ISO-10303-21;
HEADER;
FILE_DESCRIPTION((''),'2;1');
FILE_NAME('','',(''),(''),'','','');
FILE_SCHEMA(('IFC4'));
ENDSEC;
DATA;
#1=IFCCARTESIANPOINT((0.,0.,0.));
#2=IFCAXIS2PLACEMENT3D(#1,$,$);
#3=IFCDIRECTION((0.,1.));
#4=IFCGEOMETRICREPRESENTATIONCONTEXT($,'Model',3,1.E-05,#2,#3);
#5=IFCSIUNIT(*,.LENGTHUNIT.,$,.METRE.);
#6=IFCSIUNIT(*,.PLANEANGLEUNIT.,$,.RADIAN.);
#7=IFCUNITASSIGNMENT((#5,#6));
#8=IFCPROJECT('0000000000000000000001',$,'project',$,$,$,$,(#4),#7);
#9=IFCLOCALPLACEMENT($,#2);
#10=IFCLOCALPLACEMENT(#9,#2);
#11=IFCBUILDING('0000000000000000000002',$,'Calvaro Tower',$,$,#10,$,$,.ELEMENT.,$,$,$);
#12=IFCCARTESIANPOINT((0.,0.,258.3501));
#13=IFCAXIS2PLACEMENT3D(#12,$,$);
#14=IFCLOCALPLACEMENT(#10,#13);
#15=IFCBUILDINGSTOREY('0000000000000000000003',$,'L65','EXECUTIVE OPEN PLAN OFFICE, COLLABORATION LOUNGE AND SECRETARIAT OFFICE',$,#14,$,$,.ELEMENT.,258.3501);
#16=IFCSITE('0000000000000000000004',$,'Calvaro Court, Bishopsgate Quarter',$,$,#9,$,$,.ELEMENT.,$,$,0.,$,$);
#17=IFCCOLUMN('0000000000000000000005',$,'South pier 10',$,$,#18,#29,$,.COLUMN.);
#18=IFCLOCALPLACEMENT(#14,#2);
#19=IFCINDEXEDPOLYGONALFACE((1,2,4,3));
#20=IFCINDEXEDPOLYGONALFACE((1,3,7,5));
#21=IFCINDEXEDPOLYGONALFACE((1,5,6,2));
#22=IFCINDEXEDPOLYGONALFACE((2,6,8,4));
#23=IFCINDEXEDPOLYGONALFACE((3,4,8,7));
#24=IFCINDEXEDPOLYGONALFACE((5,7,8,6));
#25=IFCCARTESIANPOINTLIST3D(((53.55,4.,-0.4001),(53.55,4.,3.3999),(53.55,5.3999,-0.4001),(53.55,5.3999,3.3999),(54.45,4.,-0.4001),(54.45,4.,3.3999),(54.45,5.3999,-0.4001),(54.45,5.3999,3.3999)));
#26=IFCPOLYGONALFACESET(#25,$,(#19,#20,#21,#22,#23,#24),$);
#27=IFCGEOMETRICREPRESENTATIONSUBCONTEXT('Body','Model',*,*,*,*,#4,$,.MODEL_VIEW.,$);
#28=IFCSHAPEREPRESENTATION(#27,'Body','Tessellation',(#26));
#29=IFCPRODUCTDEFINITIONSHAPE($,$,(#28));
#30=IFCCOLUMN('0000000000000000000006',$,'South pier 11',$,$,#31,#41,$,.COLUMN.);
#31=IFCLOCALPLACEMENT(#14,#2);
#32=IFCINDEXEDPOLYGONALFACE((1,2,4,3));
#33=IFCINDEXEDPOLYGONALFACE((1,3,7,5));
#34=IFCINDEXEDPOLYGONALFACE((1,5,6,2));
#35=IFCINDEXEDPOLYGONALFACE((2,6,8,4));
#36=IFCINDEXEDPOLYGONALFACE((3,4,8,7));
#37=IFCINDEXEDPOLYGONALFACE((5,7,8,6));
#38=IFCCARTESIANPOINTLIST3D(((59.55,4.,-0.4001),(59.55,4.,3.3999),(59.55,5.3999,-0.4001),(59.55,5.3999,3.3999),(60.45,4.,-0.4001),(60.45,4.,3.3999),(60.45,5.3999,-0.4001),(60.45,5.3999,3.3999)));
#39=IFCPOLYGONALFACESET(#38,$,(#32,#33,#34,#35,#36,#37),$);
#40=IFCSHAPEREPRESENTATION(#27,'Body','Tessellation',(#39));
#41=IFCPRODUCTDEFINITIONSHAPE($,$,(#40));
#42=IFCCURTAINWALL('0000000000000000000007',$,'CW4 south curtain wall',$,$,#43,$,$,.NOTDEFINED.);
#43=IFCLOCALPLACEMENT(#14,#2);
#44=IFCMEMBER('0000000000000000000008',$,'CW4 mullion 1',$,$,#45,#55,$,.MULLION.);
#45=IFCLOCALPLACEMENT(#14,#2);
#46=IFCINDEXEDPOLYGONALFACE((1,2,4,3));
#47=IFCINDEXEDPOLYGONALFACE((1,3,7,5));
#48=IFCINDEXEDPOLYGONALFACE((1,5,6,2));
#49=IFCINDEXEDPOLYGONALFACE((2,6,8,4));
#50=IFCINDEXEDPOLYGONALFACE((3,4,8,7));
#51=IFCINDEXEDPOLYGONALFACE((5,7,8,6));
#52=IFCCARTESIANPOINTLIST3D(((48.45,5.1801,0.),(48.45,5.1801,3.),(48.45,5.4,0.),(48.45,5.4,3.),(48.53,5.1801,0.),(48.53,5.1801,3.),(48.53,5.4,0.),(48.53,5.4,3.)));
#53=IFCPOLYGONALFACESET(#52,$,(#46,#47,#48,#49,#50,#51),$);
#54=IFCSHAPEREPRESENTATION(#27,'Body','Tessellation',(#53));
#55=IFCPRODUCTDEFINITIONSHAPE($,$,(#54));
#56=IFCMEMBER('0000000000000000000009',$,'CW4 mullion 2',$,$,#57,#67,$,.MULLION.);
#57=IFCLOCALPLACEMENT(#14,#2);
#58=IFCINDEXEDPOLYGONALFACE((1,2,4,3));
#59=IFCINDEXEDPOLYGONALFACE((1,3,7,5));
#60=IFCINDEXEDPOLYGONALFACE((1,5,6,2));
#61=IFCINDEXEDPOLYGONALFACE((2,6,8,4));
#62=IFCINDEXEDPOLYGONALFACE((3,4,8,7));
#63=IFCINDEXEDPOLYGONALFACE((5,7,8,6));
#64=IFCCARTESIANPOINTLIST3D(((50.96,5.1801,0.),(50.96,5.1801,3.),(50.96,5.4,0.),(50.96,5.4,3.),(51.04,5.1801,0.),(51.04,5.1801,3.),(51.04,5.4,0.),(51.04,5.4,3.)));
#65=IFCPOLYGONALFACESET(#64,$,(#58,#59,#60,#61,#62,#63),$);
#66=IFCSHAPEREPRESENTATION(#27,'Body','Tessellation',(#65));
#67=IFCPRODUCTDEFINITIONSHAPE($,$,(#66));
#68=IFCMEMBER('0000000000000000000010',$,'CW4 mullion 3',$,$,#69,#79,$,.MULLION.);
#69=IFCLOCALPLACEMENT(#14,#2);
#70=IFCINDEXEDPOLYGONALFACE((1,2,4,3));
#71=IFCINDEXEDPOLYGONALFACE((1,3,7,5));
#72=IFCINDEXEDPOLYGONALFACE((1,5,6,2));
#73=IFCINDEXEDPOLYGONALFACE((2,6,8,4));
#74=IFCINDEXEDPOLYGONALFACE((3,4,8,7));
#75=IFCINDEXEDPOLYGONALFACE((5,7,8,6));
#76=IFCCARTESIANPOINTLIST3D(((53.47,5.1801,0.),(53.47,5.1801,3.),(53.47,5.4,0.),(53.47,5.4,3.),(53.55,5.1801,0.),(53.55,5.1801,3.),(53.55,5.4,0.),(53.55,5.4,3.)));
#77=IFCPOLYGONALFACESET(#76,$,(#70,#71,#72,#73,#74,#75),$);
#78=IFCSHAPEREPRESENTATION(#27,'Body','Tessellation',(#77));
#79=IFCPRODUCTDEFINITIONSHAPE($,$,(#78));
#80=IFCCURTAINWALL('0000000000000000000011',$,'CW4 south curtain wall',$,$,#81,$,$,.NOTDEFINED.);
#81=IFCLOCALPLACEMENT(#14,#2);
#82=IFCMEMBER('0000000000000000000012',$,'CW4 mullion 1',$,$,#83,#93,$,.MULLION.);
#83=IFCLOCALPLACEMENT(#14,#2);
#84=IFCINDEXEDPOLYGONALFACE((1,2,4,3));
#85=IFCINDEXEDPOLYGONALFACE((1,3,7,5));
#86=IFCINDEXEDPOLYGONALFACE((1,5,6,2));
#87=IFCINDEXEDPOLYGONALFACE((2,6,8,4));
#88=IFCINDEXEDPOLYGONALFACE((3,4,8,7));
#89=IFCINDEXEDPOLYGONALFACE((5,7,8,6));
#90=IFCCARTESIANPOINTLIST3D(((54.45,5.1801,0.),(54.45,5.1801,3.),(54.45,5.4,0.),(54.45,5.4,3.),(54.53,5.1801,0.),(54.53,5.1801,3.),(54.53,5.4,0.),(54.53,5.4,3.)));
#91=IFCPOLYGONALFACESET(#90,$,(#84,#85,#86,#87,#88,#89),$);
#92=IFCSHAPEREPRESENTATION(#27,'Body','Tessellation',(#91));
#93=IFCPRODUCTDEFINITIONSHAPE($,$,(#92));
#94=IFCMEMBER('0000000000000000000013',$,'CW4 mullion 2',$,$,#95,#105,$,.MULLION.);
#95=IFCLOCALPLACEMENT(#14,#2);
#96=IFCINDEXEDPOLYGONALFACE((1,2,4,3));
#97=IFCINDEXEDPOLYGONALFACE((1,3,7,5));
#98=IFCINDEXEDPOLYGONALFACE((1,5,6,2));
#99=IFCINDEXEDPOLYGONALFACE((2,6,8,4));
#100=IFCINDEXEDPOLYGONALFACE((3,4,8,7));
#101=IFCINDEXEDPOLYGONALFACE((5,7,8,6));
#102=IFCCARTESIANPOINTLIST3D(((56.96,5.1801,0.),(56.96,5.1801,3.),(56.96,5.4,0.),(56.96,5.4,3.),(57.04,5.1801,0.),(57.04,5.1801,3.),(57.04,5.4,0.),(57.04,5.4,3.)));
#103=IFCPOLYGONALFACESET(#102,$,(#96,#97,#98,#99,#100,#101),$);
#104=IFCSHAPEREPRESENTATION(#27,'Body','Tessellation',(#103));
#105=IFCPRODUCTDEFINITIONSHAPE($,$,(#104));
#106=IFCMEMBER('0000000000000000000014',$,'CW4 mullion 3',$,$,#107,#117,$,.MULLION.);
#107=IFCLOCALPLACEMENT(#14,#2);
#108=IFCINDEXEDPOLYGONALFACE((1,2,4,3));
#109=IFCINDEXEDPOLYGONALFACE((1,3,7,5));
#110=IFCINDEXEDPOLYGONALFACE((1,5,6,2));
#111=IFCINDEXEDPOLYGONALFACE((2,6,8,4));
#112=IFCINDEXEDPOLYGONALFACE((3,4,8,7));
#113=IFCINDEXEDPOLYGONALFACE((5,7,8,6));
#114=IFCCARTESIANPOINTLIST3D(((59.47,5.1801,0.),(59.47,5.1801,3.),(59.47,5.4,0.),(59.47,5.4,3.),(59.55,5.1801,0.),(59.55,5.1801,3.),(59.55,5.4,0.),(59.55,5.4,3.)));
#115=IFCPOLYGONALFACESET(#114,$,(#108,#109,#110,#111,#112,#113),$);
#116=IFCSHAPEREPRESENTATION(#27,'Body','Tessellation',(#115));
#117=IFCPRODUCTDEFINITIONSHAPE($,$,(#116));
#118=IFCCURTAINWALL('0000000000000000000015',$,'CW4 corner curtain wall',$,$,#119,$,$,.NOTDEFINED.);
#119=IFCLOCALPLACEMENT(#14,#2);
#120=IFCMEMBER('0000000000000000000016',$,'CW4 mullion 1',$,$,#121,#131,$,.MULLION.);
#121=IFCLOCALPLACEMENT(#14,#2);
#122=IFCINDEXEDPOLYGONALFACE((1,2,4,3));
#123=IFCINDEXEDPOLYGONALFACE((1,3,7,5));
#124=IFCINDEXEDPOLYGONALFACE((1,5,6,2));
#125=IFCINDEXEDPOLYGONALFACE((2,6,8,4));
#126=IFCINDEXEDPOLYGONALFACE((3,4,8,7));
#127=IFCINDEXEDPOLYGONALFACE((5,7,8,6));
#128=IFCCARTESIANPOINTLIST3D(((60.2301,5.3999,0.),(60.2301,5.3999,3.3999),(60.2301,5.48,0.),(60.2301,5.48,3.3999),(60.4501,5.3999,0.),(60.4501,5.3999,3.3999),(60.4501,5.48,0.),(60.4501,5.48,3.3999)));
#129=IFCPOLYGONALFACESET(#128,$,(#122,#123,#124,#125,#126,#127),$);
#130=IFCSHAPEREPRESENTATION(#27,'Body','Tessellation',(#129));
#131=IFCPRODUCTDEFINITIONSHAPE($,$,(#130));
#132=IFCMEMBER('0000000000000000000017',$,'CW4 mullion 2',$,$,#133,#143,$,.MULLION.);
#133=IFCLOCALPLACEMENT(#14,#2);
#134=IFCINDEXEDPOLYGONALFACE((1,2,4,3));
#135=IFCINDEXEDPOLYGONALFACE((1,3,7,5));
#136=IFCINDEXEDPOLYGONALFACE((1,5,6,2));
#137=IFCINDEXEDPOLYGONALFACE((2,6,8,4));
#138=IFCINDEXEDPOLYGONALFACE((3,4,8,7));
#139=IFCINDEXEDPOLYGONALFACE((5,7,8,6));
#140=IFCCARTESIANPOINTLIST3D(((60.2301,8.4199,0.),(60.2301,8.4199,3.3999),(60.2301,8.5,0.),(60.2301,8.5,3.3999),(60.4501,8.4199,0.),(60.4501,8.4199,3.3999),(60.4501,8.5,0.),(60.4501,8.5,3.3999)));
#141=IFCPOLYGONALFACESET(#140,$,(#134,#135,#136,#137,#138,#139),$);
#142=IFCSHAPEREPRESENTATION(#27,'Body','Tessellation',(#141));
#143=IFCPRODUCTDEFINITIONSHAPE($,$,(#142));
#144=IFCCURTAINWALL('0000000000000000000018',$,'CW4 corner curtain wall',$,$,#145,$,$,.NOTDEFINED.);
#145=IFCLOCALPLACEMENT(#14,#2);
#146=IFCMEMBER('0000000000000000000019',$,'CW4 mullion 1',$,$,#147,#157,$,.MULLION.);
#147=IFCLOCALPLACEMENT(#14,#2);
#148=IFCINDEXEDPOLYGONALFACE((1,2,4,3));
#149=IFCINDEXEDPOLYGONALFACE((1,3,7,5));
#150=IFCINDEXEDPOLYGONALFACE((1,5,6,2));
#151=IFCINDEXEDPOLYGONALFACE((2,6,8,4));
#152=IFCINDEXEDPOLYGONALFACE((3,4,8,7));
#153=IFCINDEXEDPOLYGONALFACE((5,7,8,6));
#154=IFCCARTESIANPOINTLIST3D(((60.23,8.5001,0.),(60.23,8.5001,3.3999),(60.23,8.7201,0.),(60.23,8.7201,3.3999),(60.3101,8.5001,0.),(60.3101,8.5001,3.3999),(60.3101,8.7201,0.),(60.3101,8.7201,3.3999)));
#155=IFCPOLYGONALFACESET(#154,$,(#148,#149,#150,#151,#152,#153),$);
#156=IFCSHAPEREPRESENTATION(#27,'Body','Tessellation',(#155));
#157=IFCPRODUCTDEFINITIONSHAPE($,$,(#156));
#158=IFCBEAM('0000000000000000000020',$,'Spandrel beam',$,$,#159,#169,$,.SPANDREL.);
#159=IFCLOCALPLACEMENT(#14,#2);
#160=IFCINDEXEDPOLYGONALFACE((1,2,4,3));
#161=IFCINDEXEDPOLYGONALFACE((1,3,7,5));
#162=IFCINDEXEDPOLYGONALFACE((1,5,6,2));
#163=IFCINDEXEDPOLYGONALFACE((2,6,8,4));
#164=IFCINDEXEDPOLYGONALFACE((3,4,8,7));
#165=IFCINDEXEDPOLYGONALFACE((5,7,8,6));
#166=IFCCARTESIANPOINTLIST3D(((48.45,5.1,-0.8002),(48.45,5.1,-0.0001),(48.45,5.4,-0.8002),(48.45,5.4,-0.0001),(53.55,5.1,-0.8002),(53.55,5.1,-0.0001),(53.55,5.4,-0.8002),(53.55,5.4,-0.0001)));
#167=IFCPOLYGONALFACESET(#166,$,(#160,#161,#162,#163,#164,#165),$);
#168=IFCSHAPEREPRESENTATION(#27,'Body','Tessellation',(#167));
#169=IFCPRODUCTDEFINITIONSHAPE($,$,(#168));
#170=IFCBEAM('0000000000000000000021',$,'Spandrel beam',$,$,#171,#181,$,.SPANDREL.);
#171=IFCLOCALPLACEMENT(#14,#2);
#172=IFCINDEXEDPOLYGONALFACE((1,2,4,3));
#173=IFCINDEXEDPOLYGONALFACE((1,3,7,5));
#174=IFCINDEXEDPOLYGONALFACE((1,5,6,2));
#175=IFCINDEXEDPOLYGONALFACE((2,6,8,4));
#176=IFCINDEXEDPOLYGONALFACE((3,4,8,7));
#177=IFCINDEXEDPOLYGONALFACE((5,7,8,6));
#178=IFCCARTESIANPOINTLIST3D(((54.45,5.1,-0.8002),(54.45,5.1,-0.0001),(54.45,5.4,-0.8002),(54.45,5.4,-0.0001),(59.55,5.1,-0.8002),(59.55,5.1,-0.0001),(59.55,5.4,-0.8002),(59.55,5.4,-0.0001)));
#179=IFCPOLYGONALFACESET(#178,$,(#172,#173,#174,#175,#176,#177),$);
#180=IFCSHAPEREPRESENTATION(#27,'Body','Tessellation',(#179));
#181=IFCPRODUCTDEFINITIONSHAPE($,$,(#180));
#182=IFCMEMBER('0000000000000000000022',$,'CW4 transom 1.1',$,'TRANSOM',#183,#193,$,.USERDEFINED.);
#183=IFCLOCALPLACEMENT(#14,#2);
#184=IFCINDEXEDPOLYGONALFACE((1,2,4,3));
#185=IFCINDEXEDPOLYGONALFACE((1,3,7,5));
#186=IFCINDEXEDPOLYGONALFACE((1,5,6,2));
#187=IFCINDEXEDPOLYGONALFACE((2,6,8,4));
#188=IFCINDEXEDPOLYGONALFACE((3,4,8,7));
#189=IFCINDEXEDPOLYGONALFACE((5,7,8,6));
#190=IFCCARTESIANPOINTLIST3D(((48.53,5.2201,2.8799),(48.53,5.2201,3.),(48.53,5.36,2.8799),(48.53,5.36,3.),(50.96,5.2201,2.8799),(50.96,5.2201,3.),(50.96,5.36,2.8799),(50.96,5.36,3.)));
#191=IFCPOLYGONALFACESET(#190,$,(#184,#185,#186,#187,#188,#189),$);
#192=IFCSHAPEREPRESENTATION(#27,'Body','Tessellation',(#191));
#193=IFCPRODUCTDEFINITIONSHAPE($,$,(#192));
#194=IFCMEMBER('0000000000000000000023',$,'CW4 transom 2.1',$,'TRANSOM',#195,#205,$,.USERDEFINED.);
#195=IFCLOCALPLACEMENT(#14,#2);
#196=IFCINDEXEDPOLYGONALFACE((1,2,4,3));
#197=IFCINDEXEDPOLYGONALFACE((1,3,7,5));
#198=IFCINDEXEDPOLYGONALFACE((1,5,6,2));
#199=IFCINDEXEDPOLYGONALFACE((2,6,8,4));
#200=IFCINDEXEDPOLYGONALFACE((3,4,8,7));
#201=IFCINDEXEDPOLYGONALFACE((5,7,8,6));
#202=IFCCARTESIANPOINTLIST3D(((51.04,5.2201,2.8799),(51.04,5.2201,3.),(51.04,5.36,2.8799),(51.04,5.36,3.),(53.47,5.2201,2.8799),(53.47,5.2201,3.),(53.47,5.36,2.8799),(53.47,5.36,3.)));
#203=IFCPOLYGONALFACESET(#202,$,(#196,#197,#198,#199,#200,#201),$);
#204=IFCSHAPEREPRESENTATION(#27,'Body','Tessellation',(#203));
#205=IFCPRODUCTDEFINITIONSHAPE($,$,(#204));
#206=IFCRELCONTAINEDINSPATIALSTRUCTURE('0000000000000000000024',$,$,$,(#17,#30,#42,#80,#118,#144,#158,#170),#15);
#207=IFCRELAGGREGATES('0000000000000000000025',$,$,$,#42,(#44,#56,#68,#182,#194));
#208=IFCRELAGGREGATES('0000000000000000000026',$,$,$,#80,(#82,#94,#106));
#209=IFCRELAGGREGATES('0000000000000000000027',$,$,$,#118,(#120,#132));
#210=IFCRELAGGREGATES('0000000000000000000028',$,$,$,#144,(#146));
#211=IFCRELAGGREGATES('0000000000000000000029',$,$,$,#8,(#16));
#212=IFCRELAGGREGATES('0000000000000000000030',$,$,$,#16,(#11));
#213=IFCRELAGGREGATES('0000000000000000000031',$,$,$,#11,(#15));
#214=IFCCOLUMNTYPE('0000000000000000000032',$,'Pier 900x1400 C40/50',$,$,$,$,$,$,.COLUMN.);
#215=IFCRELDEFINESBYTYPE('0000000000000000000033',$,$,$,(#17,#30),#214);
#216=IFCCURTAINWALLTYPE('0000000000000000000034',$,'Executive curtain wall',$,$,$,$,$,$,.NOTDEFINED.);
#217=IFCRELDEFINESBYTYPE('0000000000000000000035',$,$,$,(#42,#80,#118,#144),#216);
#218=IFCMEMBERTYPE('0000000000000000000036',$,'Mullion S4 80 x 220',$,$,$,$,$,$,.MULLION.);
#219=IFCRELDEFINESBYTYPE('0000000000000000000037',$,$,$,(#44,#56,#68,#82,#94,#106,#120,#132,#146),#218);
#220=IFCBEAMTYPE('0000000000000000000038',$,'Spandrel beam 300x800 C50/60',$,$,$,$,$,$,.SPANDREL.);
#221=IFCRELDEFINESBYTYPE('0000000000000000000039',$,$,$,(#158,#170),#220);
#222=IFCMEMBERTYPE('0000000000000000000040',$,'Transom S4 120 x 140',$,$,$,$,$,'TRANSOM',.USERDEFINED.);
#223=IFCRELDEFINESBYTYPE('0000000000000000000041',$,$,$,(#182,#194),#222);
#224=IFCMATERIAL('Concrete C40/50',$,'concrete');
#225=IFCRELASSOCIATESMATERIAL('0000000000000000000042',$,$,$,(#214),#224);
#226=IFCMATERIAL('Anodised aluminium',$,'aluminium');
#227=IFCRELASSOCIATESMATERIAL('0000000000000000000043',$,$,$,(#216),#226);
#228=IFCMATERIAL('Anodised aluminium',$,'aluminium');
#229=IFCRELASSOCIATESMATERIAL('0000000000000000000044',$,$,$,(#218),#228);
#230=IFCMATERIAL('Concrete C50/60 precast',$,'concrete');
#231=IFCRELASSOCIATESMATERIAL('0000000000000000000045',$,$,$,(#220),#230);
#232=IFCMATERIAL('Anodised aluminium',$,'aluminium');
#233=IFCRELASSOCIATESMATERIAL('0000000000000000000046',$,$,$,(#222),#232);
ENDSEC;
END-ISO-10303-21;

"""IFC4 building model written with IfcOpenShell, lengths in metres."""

from ifc_helpers import new_model, si_unit, direction, frame, origin, origin_2d, place, context, subcontext, project, spatial, rectangle, extrude, material, material_profile, profile_set, type_object, element, aggregate, save


model = new_model("IFC4")

# Units and contexts
model_context = context("Model", 3, precision=1e-05, world=origin(), true_north=direction((0.0, 1.0)))
body_context = subcontext(model_context, "Body", "Model", "MODEL_VIEW")
ifc_project = project(units=[si_unit("LENGTHUNIT", "METRE"), si_unit("PLANEANGLEUNIT", "RADIAN")], contexts=[model_context])

# Site, building, storey
site_placement = place(None, origin())
site = spatial("IfcSite", under=ifc_project, at=site_placement, Name="Calvaro Court, Bishopsgate Quarter", CompositionType="ELEMENT", RefElevation=0.0)
building_placement = place(site_placement, origin())
building = spatial("IfcBuilding", under=site, at=building_placement, Name="Calvaro Tower", CompositionType="ELEMENT")
storey_placement = place(building_placement, frame((0.0, 0.0, 258.3501)))
storey = spatial("IfcBuildingStorey", under=building, at=storey_placement, Name="L65", Description="EXECUTIVE OPEN PLAN OFFICE, COLLABORATION LOUNGE AND SECRETARIAT OFFICE", CompositionType="ELEMENT", Elevation=258.3501)

# Columns
ifc_material_1 = material(Name="Concrete C40/50", Category="concrete")
ifc_material_profile_1 = material_profile(ifc_material_1, rectangle(XDim=0.8999, YDim=1.3999, at=origin_2d()), Name="RC 900x1400")
ifc_profile_set_1 = profile_set([ifc_material_profile_1], Name="Concrete C40/50")
column_type = type_object("IfcColumnType", Name="Pier 900x1400 C40/50", PredefinedType="COLUMN", material=ifc_profile_set_1)
for number, where, z_axis, x_axis, name in (
    (1, (54.0, 4.7, -0.4001), (0.0, 0.0, 1.0), (1.0, 0.0, 0.0), "South pier 10"),
    (2, (60.0, 4.7, -0.4001), (0.0, 0.0, 1.0), (1.0, 0.0, 0.0), "South pier 11"),
):
    element("IfcColumn", number, at=place(storey_placement, frame(where, z_axis=z_axis, x_axis=x_axis)), inside=storey, type_object=column_type, Name=name, PredefinedType="COLUMN", context=body_context, shape_type="SweptSolid", body=[
        extrude(rectangle(XDim=0.8999, YDim=1.3999, at=origin_2d()), origin(), (0.0, 0.0, 1.0), 3.8),
    ])

# Curtain walls, members
ifc_material_2 = material(Name="Anodised aluminium", Category="aluminium")
curtain_wall_type = type_object("IfcCurtainWallType", Name="Executive curtain wall", PredefinedType="NOTDEFINED", material=ifc_material_2)
curtain_wall_1_placement = place(storey_placement, origin())
curtain_wall_1 = element("IfcCurtainWall", 3, at=curtain_wall_1_placement, inside=storey, type_object=curtain_wall_type, Name="CW4 south curtain wall", PredefinedType="NOTDEFINED")
ifc_material_3 = material(Name="Anodised aluminium", Category="aluminium")
ifc_material_profile_2 = material_profile(ifc_material_3, rectangle(XDim=0.22, YDim=0.0801, at=origin_2d()), Name="Mullion S4 80 x 220")
ifc_profile_set_2 = profile_set([ifc_material_profile_2], Name="Anodised aluminium")
member_type_1 = type_object("IfcMemberType", Name="Mullion S4 80 x 220", PredefinedType="MULLION", material=ifc_profile_set_2)
member_1_placement = place(storey_placement, frame((48.49, 5.29, 0.0), z_axis=(0.0, 0.0, 1.0), x_axis=(0.0, 1.0, 0.0)))
member_1 = element("IfcMember", 4, at=member_1_placement, type_object=member_type_1, Name="CW4 mullion 1", PredefinedType="MULLION", context=body_context, shape_type="SweptSolid", body=[
    extrude(rectangle(XDim=0.22, YDim=0.0801, at=origin_2d()), origin(), (0.0, 0.0, 1.0), 3.0),
])
member_2_placement = place(storey_placement, frame((51.0, 5.29, 0.0), z_axis=(0.0, 0.0, 1.0), x_axis=(0.0, 1.0, 0.0)))
member_2 = element("IfcMember", 5, at=member_2_placement, type_object=member_type_1, Name="CW4 mullion 2", PredefinedType="MULLION", context=body_context, shape_type="SweptSolid", body=[
    extrude(rectangle(XDim=0.22, YDim=0.0801, at=origin_2d()), origin(), (0.0, 0.0, 1.0), 3.0),
])
member_3_placement = place(storey_placement, frame((53.51, 5.29, 0.0), z_axis=(0.0, 0.0, 1.0), x_axis=(0.0, 1.0, 0.0)))
member_3 = element("IfcMember", 6, at=member_3_placement, type_object=member_type_1, Name="CW4 mullion 3", PredefinedType="MULLION", context=body_context, shape_type="SweptSolid", body=[
    extrude(rectangle(XDim=0.22, YDim=0.0801, at=origin_2d()), origin(), (0.0, 0.0, 1.0), 3.0),
])
curtain_wall_2_placement = place(storey_placement, origin())
curtain_wall_2 = element("IfcCurtainWall", 7, at=curtain_wall_2_placement, inside=storey, type_object=curtain_wall_type, Name="CW4 south curtain wall", PredefinedType="NOTDEFINED")
member_4_placement = place(storey_placement, frame((54.49, 5.29, 0.0), z_axis=(0.0, 0.0, 1.0), x_axis=(0.0, 1.0, 0.0)))
member_4 = element("IfcMember", 8, at=member_4_placement, type_object=member_type_1, Name="CW4 mullion 1", PredefinedType="MULLION", context=body_context, shape_type="SweptSolid", body=[
    extrude(rectangle(XDim=0.22, YDim=0.0801, at=origin_2d()), origin(), (0.0, 0.0, 1.0), 3.0),
])
member_5_placement = place(storey_placement, frame((57.0, 5.29, 0.0), z_axis=(0.0, 0.0, 1.0), x_axis=(0.0, 1.0, 0.0)))
member_5 = element("IfcMember", 9, at=member_5_placement, type_object=member_type_1, Name="CW4 mullion 2", PredefinedType="MULLION", context=body_context, shape_type="SweptSolid", body=[
    extrude(rectangle(XDim=0.22, YDim=0.0801, at=origin_2d()), origin(), (0.0, 0.0, 1.0), 3.0),
])
member_6_placement = place(storey_placement, frame((59.51, 5.29, 0.0), z_axis=(0.0, 0.0, 1.0), x_axis=(0.0, 1.0, 0.0)))
member_6 = element("IfcMember", 10, at=member_6_placement, type_object=member_type_1, Name="CW4 mullion 3", PredefinedType="MULLION", context=body_context, shape_type="SweptSolid", body=[
    extrude(rectangle(XDim=0.22, YDim=0.0801, at=origin_2d()), origin(), (0.0, 0.0, 1.0), 3.0),
])
curtain_wall_3_placement = place(storey_placement, origin())
curtain_wall_3 = element("IfcCurtainWall", 11, at=curtain_wall_3_placement, inside=storey, type_object=curtain_wall_type, Name="CW4 corner curtain wall", PredefinedType="NOTDEFINED")
member_7_placement = place(storey_placement, frame((60.3401, 5.4399, 0.0), z_axis=(0.0, 0.0, 1.0), x_axis=(-1.0, 0.0, 0.0)))
member_7 = element("IfcMember", 12, at=member_7_placement, type_object=member_type_1, Name="CW4 mullion 1", PredefinedType="MULLION", context=body_context, shape_type="SweptSolid", body=[
    extrude(rectangle(XDim=0.22, YDim=0.0801, at=origin_2d()), origin(), (0.0, 0.0, 1.0), 3.3999),
])
member_8_placement = place(storey_placement, frame((60.3401, 8.46, 0.0), z_axis=(0.0, 0.0, 1.0), x_axis=(-1.0, 0.0, 0.0)))
member_8 = element("IfcMember", 13, at=member_8_placement, type_object=member_type_1, Name="CW4 mullion 2", PredefinedType="MULLION", context=body_context, shape_type="SweptSolid", body=[
    extrude(rectangle(XDim=0.22, YDim=0.0801, at=origin_2d()), origin(), (0.0, 0.0, 1.0), 3.3999),
])

# Curtain wall, member
curtain_wall_4_placement = place(storey_placement, origin())
curtain_wall_4 = element("IfcCurtainWall", 14, at=curtain_wall_4_placement, inside=storey, type_object=curtain_wall_type, Name="CW4 corner curtain wall", PredefinedType="NOTDEFINED")
member_9_placement = place(storey_placement, frame((60.27, 8.6101, 0.0), z_axis=(0.0, 0.0, 1.0), x_axis=(0.0, 1.0, 0.0)))
member_9 = element("IfcMember", 15, at=member_9_placement, type_object=member_type_1, Name="CW4 mullion 1", PredefinedType="MULLION", context=body_context, shape_type="SweptSolid", body=[
    extrude(rectangle(XDim=0.22, YDim=0.0801, at=origin_2d()), origin(), (0.0, 0.0, 1.0), 3.3999),
])

# Beams
ifc_material_4 = material(Name="Concrete C50/60 precast", Category="concrete")
ifc_material_profile_3 = material_profile(ifc_material_4, rectangle(XDim=0.3, YDim=0.8, at=origin_2d()), Name="RC 300x800")
ifc_profile_set_3 = profile_set([ifc_material_profile_3], Name="Concrete C50/60 precast")
beam_type = type_object("IfcBeamType", Name="Spandrel beam 300x800 C50/60", PredefinedType="SPANDREL", material=ifc_profile_set_3)
for number, where, z_axis, x_axis, name in (
    (16, (48.45, 5.25, -0.4001), (1.0, 0.0, 0.0), (0.0, 1.0, 0.0), "Spandrel beam"),
    (17, (54.45, 5.25, -0.4001), (1.0, 0.0, 0.0), (0.0, 1.0, 0.0), "Spandrel beam"),
):
    element("IfcBeam", number, at=place(storey_placement, frame(where, z_axis=z_axis, x_axis=x_axis)), inside=storey, type_object=beam_type, Name=name, PredefinedType="SPANDREL", context=body_context, shape_type="SweptSolid", body=[
        extrude(rectangle(XDim=0.3, YDim=0.8, at=origin_2d()), origin(), (0.0, 0.0, 1.0), 5.1001),
    ])

# Members
ifc_material_5 = material(Name="Anodised aluminium", Category="aluminium")
ifc_material_profile_4 = material_profile(ifc_material_5, rectangle(XDim=0.1399, YDim=0.1201, at=origin_2d()), Name="Transom S4 120 x 140")
ifc_profile_set_4 = profile_set([ifc_material_profile_4], Name="Anodised aluminium")
member_type_2 = type_object("IfcMemberType", Name="Transom S4 120 x 140", ElementType="TRANSOM", PredefinedType="USERDEFINED", material=ifc_profile_set_4)
member_10_placement = place(storey_placement, frame((48.53, 5.29, 2.9399), z_axis=(1.0, 0.0, 0.0), x_axis=(0.0, 1.0, 0.0)))
member_10 = element("IfcMember", 18, at=member_10_placement, type_object=member_type_2, Name="CW4 transom 1.1", ObjectType="TRANSOM", PredefinedType="USERDEFINED", context=body_context, shape_type="SweptSolid", body=[
    extrude(rectangle(XDim=0.1399, YDim=0.1201, at=origin_2d()), origin(), (0.0, 0.0, 1.0), 2.4299),
])
member_11_placement = place(storey_placement, frame((51.04, 5.29, 2.9399), z_axis=(1.0, 0.0, 0.0), x_axis=(0.0, 1.0, 0.0)))
member_11 = element("IfcMember", 19, at=member_11_placement, type_object=member_type_2, Name="CW4 transom 2.1", ObjectType="TRANSOM", PredefinedType="USERDEFINED", context=body_context, shape_type="SweptSolid", body=[
    extrude(rectangle(XDim=0.1399, YDim=0.1201, at=origin_2d()), origin(), (0.0, 0.0, 1.0), 2.4299),
])

aggregate(curtain_wall_1, [member_1, member_2, member_3, member_10, member_11])
aggregate(curtain_wall_2, [member_4, member_5, member_6])
aggregate(curtain_wall_3, [member_7, member_8])
aggregate(curtain_wall_4, [member_9])

save(model, "model.ifc")
